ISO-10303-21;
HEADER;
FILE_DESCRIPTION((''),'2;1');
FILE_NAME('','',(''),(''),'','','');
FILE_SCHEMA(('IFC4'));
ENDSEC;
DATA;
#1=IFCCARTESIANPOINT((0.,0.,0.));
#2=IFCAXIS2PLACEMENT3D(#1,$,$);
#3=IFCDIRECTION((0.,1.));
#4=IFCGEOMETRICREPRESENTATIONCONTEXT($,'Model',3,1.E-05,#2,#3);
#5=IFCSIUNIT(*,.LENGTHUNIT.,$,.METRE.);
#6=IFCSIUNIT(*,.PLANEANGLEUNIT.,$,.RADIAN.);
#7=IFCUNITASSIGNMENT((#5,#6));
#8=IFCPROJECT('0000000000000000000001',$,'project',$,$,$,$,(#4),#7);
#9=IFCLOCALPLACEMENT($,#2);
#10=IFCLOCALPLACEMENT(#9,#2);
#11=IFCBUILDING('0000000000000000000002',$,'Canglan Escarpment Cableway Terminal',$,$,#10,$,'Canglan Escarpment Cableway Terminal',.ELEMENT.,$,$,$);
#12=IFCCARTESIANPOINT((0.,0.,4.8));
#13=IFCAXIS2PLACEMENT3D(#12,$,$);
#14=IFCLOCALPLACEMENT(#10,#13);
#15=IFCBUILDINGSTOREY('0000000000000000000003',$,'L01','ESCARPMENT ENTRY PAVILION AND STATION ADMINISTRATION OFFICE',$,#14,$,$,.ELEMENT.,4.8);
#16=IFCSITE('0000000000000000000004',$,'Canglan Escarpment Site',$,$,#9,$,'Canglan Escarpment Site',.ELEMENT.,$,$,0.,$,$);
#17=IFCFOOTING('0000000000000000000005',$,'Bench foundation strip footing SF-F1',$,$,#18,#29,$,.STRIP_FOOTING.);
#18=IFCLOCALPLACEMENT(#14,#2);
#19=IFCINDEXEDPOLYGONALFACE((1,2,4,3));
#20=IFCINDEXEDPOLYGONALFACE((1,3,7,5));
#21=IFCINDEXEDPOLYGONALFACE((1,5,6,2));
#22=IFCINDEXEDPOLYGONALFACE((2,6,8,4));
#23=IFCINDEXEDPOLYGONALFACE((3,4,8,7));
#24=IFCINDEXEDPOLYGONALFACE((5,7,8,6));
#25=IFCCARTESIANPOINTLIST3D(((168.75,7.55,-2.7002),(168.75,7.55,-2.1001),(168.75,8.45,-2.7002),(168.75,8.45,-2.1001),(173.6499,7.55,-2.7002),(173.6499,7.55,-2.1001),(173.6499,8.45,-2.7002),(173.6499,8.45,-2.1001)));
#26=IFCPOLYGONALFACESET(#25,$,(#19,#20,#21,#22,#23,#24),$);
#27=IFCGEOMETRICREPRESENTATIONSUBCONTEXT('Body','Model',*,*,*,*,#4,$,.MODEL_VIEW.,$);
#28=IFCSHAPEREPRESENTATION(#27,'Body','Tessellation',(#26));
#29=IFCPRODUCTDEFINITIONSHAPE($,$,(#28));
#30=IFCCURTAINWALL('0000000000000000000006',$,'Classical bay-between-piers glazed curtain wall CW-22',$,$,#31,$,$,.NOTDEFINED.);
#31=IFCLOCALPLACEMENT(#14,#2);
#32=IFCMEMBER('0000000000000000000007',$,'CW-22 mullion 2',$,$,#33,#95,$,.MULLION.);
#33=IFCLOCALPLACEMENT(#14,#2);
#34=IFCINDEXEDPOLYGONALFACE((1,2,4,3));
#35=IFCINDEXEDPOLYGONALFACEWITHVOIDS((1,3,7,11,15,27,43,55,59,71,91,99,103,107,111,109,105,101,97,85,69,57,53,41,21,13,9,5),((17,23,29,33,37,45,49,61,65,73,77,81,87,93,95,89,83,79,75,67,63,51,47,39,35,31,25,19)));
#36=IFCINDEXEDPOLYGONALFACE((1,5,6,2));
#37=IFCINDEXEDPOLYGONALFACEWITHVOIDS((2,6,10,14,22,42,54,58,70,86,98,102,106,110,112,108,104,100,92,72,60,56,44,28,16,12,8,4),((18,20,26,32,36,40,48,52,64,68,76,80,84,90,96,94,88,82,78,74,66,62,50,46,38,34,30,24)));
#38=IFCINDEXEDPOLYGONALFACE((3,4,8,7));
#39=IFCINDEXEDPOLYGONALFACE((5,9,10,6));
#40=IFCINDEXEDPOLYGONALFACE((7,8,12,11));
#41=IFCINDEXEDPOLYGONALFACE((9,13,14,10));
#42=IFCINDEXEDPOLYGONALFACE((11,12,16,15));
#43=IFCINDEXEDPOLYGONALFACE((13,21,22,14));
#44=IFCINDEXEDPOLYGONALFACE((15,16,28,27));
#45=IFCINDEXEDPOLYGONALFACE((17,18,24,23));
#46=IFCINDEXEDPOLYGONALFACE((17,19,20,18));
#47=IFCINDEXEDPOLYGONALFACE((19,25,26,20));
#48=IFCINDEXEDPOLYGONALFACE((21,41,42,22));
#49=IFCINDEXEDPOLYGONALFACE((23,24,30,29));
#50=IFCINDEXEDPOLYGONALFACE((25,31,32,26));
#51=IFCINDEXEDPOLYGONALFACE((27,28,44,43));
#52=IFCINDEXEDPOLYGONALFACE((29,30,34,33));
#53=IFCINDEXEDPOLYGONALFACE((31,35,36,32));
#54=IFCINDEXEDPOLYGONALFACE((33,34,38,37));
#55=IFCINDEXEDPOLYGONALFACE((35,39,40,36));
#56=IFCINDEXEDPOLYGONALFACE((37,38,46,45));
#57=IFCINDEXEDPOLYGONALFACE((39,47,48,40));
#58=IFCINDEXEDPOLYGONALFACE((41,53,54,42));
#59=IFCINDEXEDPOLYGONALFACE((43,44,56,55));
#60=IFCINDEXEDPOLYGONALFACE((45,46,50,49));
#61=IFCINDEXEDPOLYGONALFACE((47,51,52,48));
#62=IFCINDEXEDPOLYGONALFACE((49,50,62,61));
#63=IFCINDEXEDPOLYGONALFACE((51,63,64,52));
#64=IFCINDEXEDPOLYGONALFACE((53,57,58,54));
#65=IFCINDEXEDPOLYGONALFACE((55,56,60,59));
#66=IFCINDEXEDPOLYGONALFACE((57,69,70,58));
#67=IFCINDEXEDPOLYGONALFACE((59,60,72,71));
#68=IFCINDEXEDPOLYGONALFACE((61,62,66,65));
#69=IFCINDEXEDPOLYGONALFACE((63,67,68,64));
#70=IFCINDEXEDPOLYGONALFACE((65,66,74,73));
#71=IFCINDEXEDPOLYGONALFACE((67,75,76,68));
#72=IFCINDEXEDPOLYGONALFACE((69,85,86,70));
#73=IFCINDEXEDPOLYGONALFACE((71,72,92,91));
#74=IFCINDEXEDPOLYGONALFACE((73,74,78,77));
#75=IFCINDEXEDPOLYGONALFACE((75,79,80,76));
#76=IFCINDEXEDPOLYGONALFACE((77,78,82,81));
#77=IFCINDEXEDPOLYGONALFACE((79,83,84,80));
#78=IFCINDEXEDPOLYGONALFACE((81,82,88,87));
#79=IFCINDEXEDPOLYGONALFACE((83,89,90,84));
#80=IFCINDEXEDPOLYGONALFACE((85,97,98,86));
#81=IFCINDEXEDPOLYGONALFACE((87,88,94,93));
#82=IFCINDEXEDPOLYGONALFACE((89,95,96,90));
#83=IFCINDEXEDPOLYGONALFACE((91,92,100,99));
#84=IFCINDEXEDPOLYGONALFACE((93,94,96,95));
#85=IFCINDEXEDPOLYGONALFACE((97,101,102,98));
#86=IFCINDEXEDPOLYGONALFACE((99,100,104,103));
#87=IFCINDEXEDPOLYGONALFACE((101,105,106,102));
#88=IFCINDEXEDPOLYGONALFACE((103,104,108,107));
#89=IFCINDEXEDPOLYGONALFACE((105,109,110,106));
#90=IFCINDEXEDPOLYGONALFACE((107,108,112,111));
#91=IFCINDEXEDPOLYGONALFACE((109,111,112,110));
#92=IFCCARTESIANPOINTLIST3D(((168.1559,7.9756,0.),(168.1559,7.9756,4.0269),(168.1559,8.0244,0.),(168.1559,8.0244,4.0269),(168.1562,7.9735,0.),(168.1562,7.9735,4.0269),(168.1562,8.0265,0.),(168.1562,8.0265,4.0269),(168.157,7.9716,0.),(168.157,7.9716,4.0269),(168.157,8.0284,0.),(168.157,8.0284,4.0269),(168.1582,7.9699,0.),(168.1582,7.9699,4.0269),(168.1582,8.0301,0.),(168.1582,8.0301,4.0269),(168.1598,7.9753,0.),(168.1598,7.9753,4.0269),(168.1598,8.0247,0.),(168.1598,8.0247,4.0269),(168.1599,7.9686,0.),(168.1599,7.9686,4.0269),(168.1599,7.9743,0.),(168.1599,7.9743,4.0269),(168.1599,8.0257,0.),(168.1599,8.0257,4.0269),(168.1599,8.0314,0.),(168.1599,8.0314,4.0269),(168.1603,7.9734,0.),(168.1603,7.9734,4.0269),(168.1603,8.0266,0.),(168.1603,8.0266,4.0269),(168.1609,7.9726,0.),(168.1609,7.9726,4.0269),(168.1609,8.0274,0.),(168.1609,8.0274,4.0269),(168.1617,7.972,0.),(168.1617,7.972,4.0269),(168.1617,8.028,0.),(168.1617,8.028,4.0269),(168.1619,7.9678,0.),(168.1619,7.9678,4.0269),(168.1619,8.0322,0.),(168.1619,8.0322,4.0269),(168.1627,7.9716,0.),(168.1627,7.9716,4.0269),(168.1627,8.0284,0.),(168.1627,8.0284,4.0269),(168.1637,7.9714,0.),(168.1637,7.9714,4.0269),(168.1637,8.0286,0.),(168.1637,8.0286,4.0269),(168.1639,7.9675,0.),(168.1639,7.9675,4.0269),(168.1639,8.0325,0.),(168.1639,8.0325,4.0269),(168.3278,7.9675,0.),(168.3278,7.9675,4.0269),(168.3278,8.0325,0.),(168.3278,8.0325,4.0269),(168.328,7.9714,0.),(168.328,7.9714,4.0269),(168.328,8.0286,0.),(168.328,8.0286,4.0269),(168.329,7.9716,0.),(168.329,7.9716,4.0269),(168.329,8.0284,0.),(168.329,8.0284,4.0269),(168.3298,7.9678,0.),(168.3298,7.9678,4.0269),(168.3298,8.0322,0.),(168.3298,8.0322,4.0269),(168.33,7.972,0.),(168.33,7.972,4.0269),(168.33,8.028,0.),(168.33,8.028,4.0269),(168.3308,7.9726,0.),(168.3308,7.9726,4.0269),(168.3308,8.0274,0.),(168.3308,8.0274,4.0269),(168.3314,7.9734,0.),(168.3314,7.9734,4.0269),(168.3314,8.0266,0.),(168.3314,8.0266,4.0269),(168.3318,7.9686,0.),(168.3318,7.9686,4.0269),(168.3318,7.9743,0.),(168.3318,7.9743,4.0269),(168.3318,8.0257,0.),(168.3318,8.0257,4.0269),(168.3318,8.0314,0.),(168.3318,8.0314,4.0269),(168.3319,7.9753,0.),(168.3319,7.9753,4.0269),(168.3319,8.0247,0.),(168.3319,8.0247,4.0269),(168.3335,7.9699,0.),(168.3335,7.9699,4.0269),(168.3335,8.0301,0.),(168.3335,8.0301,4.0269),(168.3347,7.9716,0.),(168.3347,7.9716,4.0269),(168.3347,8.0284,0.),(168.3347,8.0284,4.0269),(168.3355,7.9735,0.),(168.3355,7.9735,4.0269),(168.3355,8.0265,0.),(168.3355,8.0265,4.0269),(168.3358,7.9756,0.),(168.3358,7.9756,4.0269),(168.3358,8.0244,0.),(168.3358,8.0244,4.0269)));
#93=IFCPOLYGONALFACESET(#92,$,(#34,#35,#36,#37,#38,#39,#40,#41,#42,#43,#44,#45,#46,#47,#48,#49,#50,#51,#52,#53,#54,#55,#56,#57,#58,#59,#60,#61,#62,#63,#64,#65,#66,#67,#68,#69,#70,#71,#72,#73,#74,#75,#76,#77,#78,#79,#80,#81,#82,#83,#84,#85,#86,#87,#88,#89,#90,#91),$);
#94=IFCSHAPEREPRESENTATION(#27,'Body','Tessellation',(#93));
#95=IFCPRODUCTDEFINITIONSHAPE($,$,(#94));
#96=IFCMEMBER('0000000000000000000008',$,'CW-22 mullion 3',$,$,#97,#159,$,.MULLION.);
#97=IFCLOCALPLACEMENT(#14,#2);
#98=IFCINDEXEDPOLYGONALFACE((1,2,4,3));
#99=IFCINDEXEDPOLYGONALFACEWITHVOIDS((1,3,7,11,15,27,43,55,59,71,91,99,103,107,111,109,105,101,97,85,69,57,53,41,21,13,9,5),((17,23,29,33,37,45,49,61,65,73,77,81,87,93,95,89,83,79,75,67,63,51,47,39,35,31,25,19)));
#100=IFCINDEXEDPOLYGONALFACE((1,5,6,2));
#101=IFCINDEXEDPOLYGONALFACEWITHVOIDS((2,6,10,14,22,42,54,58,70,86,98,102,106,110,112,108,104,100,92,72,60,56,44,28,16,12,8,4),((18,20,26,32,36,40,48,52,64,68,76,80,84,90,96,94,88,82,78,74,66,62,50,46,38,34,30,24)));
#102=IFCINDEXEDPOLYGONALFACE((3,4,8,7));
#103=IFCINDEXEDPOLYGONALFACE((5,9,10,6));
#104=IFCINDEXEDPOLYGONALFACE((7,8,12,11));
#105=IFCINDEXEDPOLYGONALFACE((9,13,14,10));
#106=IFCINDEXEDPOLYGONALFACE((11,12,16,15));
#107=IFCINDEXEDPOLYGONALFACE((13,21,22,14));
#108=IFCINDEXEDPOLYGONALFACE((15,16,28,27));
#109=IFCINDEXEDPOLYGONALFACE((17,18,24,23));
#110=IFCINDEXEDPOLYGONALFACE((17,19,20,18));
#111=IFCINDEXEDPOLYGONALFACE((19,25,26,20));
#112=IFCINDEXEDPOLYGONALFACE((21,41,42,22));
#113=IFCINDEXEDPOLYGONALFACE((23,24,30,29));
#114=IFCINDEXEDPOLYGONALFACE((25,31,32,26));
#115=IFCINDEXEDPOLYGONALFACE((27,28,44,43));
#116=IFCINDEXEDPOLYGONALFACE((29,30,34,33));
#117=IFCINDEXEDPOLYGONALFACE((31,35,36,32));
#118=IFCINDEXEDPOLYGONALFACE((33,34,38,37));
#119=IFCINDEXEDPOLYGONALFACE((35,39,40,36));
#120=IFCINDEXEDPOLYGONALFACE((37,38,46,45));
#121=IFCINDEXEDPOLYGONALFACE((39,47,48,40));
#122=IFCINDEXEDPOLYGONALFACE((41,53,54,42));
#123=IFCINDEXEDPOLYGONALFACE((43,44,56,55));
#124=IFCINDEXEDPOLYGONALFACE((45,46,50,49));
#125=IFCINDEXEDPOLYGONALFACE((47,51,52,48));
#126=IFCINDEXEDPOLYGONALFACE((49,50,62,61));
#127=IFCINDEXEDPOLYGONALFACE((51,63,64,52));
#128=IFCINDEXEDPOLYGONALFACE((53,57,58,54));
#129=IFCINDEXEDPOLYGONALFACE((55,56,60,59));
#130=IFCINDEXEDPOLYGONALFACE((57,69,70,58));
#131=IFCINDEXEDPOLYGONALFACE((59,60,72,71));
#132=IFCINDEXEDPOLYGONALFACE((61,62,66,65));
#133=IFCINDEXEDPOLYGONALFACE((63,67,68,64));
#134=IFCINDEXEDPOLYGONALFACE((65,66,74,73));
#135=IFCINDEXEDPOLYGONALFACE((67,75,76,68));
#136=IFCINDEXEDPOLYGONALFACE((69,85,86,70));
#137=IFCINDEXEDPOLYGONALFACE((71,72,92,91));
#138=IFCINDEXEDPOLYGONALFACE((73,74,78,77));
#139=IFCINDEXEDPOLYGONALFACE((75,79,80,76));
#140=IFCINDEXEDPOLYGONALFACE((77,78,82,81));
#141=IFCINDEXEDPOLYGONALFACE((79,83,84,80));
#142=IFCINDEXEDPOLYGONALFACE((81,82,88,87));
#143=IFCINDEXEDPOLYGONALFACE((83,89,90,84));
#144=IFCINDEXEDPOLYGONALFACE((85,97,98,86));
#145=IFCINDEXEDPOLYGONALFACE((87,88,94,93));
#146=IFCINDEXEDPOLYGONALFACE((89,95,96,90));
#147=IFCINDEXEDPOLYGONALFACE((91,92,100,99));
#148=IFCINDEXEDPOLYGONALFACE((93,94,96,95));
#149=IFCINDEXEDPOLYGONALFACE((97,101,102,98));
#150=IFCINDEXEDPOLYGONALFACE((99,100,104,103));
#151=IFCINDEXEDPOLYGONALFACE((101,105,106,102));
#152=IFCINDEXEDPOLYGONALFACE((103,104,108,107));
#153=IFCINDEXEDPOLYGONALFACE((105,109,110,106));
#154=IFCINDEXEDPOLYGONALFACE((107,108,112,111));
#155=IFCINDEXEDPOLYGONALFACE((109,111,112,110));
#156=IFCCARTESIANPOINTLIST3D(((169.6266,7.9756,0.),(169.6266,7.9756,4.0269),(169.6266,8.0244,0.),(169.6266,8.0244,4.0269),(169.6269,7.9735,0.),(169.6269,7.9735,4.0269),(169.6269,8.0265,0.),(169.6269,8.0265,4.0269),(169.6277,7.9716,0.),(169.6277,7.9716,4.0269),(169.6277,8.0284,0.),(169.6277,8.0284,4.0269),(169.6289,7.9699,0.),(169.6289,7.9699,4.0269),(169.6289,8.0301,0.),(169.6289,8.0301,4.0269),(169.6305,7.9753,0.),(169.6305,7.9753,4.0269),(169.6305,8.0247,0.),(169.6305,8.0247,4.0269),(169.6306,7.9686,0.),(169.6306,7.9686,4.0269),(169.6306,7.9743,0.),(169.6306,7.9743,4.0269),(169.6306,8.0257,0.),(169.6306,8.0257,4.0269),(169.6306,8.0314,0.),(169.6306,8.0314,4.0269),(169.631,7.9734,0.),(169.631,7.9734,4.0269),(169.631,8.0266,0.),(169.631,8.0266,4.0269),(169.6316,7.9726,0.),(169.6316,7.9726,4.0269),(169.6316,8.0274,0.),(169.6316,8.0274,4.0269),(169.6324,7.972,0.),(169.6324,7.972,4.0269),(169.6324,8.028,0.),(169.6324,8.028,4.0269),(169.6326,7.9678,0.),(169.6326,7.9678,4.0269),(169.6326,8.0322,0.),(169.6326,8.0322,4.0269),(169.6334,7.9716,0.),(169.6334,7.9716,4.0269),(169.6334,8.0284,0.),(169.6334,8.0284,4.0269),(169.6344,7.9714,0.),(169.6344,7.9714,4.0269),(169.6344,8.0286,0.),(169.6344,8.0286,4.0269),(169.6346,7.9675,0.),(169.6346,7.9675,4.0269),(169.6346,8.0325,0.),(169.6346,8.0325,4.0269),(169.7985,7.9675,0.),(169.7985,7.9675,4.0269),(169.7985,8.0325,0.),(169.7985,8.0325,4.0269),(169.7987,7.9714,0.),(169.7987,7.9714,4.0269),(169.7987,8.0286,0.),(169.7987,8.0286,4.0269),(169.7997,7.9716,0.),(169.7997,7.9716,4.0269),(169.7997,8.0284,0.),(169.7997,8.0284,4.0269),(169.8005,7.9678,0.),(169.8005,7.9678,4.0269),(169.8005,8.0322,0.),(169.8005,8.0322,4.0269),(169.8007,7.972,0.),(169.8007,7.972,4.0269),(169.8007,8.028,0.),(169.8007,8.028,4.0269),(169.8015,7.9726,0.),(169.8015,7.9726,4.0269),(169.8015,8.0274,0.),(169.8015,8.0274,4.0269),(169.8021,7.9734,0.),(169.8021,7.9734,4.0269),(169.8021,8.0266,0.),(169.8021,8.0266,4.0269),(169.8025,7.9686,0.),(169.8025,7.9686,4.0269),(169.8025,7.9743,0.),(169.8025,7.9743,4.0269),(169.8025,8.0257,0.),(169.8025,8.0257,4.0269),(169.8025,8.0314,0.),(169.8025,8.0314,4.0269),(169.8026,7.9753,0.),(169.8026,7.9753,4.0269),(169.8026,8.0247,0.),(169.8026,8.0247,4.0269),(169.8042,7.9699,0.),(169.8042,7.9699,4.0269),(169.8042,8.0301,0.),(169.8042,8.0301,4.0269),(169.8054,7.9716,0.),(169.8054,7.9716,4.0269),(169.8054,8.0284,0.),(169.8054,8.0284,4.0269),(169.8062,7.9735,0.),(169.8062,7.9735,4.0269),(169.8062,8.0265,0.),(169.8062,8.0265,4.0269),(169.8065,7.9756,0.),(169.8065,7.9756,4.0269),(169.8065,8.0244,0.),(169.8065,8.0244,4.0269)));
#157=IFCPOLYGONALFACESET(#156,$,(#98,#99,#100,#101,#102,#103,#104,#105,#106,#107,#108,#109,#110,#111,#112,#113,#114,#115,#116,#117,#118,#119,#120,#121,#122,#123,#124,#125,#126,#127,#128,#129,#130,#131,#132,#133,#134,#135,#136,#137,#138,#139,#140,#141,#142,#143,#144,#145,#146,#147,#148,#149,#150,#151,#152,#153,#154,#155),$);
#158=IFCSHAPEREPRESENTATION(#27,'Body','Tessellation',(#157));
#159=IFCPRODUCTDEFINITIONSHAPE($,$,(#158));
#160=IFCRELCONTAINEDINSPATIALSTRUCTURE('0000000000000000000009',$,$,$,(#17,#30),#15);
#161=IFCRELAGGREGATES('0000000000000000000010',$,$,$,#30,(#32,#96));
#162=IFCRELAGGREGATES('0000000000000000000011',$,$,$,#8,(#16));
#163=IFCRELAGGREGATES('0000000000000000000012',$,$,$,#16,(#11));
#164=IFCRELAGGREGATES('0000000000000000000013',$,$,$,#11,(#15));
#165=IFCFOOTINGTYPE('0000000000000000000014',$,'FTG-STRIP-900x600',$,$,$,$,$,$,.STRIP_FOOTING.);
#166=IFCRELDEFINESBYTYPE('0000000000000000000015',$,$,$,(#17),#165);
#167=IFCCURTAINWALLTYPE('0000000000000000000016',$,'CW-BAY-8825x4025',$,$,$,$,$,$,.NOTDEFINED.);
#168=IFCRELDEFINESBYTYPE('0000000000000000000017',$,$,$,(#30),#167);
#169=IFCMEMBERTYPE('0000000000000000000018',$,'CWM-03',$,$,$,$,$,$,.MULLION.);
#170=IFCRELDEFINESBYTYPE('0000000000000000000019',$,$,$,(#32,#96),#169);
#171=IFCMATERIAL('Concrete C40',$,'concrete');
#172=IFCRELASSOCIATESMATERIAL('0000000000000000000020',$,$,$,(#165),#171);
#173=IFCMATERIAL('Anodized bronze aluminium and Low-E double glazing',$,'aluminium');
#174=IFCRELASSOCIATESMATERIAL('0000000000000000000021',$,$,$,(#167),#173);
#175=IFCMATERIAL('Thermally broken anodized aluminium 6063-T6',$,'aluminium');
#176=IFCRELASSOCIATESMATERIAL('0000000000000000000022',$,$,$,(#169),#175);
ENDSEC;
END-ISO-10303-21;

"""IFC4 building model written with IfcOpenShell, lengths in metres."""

from ifc_helpers import new_model, si_unit, direction, frame, origin, origin_2d, place, context, subcontext, project, spatial, rectangle, hollow_rectangle, extrude, material, material_profile, profile_set, type_object, element, aggregate, save


model = new_model("IFC4")

# Units and contexts
model_context = context("Model", 3, precision=1e-05, world=origin(), true_north=direction((0.0, 1.0)))
body_context = subcontext(model_context, "Body", "Model", "MODEL_VIEW")
ifc_project = project(units=[si_unit("LENGTHUNIT", "METRE"), si_unit("PLANEANGLEUNIT", "RADIAN")], contexts=[model_context])

# Site, building, storey
site_placement = place(None, origin())
site = spatial("IfcSite", under=ifc_project, at=site_placement, Name="Canglan Escarpment Site", LongName="Canglan Escarpment Site", CompositionType="ELEMENT", RefElevation=0.0)
building_placement = place(site_placement, origin())
building = spatial("IfcBuilding", under=site, at=building_placement, Name="Canglan Escarpment Cableway Terminal", LongName="Canglan Escarpment Cableway Terminal", CompositionType="ELEMENT")
storey_placement = place(building_placement, frame((0.0, 0.0, 4.8)))
storey = spatial("IfcBuildingStorey", under=building, at=storey_placement, Name="L01", Description="ESCARPMENT ENTRY PAVILION AND STATION ADMINISTRATION OFFICE", CompositionType="ELEMENT", Elevation=4.8)

# Footing
ifc_material_1 = material(Name="Concrete C40", Category="concrete")
ifc_material_profile_1 = material_profile(ifc_material_1, rectangle(XDim=0.8999, YDim=0.6001, at=origin_2d()), Name="SF 900x600")
ifc_profile_set_1 = profile_set([ifc_material_profile_1], Name="Concrete C40")
footing_type = type_object("IfcFootingType", Name="FTG-STRIP-900x600", PredefinedType="STRIP_FOOTING", material=ifc_profile_set_1)
footing_placement = place(storey_placement, frame((168.75, 8.0, -2.4001), z_axis=(1.0, 0.0, 0.0), x_axis=(0.0, 1.0, 0.0)))
element("IfcFooting", 1, at=footing_placement, inside=storey, type_object=footing_type, Name="Bench foundation strip footing SF-F1", PredefinedType="STRIP_FOOTING", context=body_context, shape_type="SweptSolid", body=[
    extrude(rectangle(XDim=0.8999, YDim=0.6001, at=origin_2d()), origin(), (0.0, 0.0, 1.0), 4.8999),
])

# Curtain wall, members
ifc_material_2 = material(Name="Anodized bronze aluminium and Low-E double glazing", Category="aluminium")
curtain_wall_type = type_object("IfcCurtainWallType", Name="CW-BAY-8825x4025", PredefinedType="NOTDEFINED", material=ifc_material_2)
curtain_wall_placement = place(storey_placement, origin())
curtain_wall = element("IfcCurtainWall", 2, at=curtain_wall_placement, inside=storey, type_object=curtain_wall_type, Name="Classical bay-between-piers glazed curtain wall CW-22", PredefinedType="NOTDEFINED")
ifc_material_3 = material(Name="Thermally broken anodized aluminium 6063-T6", Category="aluminium")
ifc_material_profile_2 = material_profile(ifc_material_3, hollow_rectangle(XDim=0.0649, YDim=0.1799, WallThickness=0.0039, InnerFilletRadius=0.0039, OuterFilletRadius=0.0081, at=origin_2d()), Name="ALU-MULL 65x180x4")
ifc_profile_set_2 = profile_set([ifc_material_profile_2], Name="Thermally broken anodized aluminium 6063-T6")
member_type_1 = type_object("IfcMemberType", Name="CWM-03", PredefinedType="MULLION", material=ifc_profile_set_2)
member_1_placement = place(storey_placement, frame((168.2458, 8.0, 0.0), z_axis=(0.0, 0.0, 1.0), x_axis=(0.0, 1.0, 0.0)))
member_1 = element("IfcMember", 3, at=member_1_placement, type_object=member_type_1, Name="CW-22 mullion 2", PredefinedType="MULLION", context=body_context, shape_type="SweptSolid", body=[
    extrude(hollow_rectangle(XDim=0.0649, YDim=0.1799, WallThickness=0.0039, InnerFilletRadius=0.0039, OuterFilletRadius=0.0081, at=origin_2d()), origin(), (0.0, 0.0, 1.0), 4.0269),
])
member_2_placement = place(storey_placement, frame((169.7166, 8.0, 0.0), z_axis=(0.0, 0.0, 1.0), x_axis=(0.0, 1.0, 0.0)))
member_2 = element("IfcMember", 4, at=member_2_placement, type_object=member_type_1, Name="CW-22 mullion 3", PredefinedType="MULLION", context=body_context, shape_type="SweptSolid", body=[
    extrude(hollow_rectangle(XDim=0.0649, YDim=0.1799, WallThickness=0.0039, InnerFilletRadius=0.0039, OuterFilletRadius=0.0081, at=origin_2d()), origin(), (0.0, 0.0, 1.0), 4.0269),
])
aggregate(curtain_wall, [member_1, member_2])

save(model, "model.ifc")
